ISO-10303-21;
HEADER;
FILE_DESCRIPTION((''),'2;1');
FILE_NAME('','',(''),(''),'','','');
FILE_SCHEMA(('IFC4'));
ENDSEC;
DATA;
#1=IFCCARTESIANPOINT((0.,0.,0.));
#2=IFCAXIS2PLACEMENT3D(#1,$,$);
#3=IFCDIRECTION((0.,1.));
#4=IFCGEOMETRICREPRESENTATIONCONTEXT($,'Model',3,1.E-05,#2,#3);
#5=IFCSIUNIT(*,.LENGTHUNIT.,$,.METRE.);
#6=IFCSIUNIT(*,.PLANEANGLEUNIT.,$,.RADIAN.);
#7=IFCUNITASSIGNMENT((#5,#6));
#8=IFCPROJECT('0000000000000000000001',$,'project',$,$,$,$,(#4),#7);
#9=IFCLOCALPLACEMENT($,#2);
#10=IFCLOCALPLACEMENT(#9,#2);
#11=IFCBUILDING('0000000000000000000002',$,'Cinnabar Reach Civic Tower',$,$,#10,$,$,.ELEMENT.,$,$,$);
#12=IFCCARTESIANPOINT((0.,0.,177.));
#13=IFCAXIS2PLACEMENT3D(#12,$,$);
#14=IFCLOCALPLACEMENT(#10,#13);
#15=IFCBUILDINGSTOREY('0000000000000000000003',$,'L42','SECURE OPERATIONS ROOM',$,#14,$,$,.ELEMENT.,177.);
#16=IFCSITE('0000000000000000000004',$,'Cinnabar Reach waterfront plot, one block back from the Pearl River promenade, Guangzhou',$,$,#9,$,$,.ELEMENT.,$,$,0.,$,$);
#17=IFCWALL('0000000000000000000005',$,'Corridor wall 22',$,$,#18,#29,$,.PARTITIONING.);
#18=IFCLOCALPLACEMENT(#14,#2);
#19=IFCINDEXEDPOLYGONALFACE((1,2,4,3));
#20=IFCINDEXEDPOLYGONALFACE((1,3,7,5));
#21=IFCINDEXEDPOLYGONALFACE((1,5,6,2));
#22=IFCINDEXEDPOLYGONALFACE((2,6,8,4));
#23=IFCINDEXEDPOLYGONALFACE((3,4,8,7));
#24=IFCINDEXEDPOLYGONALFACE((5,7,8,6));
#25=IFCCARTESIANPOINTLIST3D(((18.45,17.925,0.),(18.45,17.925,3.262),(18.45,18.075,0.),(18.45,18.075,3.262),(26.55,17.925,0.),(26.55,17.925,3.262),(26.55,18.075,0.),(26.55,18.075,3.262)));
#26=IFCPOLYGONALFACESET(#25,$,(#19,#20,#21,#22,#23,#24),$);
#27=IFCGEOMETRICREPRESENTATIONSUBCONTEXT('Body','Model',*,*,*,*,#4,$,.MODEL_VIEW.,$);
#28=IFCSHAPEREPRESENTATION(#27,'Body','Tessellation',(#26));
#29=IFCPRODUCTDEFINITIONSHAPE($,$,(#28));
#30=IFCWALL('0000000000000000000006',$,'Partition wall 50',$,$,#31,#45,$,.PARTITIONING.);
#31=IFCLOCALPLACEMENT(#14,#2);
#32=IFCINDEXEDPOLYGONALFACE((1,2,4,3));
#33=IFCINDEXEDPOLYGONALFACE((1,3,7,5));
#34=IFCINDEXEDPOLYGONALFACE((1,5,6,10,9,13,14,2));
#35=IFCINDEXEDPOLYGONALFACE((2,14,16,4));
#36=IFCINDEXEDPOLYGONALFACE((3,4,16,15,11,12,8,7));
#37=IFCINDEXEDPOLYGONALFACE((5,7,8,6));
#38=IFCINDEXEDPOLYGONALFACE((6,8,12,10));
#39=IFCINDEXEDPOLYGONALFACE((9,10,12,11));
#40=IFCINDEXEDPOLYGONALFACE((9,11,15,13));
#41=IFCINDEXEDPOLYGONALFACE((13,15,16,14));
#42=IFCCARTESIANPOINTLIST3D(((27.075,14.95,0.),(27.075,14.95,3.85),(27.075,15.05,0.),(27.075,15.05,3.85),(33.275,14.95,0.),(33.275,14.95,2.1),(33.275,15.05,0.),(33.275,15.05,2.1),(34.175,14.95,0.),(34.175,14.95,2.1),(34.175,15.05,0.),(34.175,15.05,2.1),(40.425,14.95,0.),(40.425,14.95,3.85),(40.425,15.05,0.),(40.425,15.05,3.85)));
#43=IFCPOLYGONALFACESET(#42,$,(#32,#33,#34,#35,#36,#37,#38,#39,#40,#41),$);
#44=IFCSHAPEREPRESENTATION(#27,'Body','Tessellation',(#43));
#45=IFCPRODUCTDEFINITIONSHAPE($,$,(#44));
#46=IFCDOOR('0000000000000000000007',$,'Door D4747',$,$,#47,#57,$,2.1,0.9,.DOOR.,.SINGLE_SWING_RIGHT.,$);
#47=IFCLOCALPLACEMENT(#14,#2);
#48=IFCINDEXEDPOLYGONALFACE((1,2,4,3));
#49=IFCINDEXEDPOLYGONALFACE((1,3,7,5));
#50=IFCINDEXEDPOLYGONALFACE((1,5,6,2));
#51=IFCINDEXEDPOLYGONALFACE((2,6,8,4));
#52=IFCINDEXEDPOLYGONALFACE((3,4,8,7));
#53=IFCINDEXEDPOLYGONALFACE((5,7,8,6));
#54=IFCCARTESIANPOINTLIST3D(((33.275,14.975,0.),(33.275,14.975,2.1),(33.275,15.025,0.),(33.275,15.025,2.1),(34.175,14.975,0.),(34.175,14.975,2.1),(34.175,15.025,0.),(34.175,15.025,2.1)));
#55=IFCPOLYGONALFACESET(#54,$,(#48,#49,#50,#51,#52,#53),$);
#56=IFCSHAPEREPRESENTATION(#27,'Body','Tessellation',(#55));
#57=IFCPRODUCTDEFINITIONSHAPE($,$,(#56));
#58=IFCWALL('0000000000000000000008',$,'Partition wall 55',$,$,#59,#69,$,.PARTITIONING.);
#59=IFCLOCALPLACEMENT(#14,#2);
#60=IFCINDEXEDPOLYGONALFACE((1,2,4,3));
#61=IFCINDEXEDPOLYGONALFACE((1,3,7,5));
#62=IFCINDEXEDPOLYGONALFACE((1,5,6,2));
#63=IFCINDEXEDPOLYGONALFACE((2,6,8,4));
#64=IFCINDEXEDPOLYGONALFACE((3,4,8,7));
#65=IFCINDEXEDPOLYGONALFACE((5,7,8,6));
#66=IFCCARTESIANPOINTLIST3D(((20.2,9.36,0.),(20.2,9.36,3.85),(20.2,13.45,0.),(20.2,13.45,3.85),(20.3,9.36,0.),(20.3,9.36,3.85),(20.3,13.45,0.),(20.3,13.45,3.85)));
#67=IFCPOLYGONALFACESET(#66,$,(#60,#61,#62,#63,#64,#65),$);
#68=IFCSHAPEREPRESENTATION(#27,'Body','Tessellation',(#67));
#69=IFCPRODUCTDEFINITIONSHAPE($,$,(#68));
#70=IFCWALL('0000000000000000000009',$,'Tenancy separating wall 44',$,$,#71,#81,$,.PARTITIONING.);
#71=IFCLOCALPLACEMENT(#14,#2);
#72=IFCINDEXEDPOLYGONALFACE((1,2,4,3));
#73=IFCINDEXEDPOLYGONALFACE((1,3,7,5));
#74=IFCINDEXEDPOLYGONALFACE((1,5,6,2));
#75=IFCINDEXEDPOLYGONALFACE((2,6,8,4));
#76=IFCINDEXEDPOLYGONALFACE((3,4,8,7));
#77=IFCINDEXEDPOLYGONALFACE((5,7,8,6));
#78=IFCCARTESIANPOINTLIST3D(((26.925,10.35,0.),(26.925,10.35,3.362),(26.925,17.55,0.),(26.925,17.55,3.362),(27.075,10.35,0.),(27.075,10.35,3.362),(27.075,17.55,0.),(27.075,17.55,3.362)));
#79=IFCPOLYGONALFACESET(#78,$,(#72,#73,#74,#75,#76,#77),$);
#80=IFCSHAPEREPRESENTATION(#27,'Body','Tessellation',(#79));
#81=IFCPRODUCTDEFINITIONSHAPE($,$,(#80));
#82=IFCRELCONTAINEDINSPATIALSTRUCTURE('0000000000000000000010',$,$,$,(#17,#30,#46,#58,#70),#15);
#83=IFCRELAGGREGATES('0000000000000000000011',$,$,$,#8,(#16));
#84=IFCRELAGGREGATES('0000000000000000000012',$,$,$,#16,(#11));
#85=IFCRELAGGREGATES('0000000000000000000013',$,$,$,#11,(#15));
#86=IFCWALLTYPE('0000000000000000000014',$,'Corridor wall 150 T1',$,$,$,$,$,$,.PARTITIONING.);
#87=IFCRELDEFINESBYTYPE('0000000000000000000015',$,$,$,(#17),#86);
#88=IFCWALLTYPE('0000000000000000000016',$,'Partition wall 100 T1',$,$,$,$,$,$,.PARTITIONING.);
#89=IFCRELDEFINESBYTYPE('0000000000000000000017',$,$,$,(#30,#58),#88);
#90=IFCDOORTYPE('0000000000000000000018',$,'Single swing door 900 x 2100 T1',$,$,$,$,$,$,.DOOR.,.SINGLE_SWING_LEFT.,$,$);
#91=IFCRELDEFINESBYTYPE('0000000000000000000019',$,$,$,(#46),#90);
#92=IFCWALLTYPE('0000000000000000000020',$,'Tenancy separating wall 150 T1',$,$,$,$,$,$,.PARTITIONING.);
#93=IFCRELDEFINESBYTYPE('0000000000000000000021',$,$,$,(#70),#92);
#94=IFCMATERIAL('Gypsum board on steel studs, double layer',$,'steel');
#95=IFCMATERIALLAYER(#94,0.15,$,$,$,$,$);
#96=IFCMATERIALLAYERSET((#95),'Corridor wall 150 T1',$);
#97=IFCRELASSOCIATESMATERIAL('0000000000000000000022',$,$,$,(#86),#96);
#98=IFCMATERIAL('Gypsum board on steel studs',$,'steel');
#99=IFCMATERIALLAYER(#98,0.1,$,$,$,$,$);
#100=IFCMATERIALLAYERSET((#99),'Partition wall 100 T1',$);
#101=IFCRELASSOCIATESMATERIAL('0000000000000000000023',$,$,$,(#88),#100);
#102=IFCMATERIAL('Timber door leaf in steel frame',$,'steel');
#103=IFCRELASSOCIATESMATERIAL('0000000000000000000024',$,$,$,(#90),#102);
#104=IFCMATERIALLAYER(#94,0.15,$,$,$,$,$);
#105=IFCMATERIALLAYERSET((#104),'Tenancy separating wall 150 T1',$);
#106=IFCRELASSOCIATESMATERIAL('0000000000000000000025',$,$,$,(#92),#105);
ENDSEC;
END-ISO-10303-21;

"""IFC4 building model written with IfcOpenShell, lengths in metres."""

from ifc_helpers import new_model, si_unit, direction, frame, frame_2d, origin, place, context, subcontext, project, spatial, rectangle, extrude, material, layer, layer_set, type_object, element, fill, save


model = new_model("IFC4")

# Units and contexts
model_context = context("Model", 3, precision=1e-05, world=origin(), true_north=direction((0.0, 1.0)))
body_context = subcontext(model_context, "Body", "Model", "MODEL_VIEW")
ifc_project = project(units=[si_unit("LENGTHUNIT", "METRE"), si_unit("PLANEANGLEUNIT", "RADIAN")], contexts=[model_context])

# Site, building, storey
site_placement = place(None, origin())
site = spatial("IfcSite", under=ifc_project, at=site_placement, Name="Cinnabar Reach waterfront plot, one block back from the Pearl River promenade, Guangzhou", CompositionType="ELEMENT", RefElevation=0.0)
building_placement = place(site_placement, origin())
building = spatial("IfcBuilding", under=site, at=building_placement, Name="Cinnabar Reach Civic Tower", CompositionType="ELEMENT")
storey_placement = place(building_placement, frame((0.0, 0.0, 177.0)))
storey = spatial("IfcBuildingStorey", under=building, at=storey_placement, Name="L42", Description="SECURE OPERATIONS ROOM", CompositionType="ELEMENT", Elevation=177.0)

# Wall
ifc_material_1 = material(Name="Gypsum board on steel studs, double layer", Category="steel")
ifc_layer_1 = layer(ifc_material_1, 0.15)
ifc_layer_set_1 = layer_set([ifc_layer_1], Name="Corridor wall 150 T1")
wall_type_1 = type_object("IfcWallType", Name="Corridor wall 150 T1", PredefinedType="PARTITIONING", material=ifc_layer_set_1)
wall_1_placement = place(storey_placement, frame((18.45, 18.0, 0.0), z_axis=(0.0, 0.0, 1.0), x_axis=(1.0, 0.0, 0.0)))
element("IfcWall", 1, at=wall_1_placement, inside=storey, type_object=wall_type_1, Name="Corridor wall 22", PredefinedType="PARTITIONING", context=body_context, shape_type="SweptSolid", body=[
    extrude(rectangle(XDim=8.1, YDim=0.15, at=frame_2d((4.05, 0.0))), origin(), (0.0, 0.0, 1.0), 3.262),
])

# Wall, opening, door
ifc_material_2 = material(Name="Gypsum board on steel studs", Category="steel")
ifc_layer_2 = layer(ifc_material_2, 0.1)
ifc_layer_set_2 = layer_set([ifc_layer_2], Name="Partition wall 100 T1")
wall_type_2 = type_object("IfcWallType", Name="Partition wall 100 T1", PredefinedType="PARTITIONING", material=ifc_layer_set_2)
wall_2_placement = place(storey_placement, frame((27.075, 15.0, 0.0), z_axis=(0.0, 0.0, 1.0), x_axis=(1.0, 0.0, 0.0)))
wall_2 = element("IfcWall", 2, at=wall_2_placement, inside=storey, type_object=wall_type_2, Name="Partition wall 50", PredefinedType="PARTITIONING", context=body_context, shape_type="SweptSolid", body=[
    extrude(rectangle(XDim=13.35, YDim=0.1, at=frame_2d((6.675, 0.0))), origin(), (0.0, 0.0, 1.0), 3.85),
])
opening_placement = place(wall_2_placement, frame((6.2, 0.0, 0.0)))
opening = element("IfcOpeningElement", 3, at=opening_placement, cuts=wall_2, PredefinedType="OPENING", context=body_context, shape_type="SweptSolid", body=[
    extrude(rectangle(XDim=0.9, YDim=2.1, at=frame_2d((0.45, 1.05))), frame((0.0, 0.06, 0.0), z_axis=(0.0, -1.0, 0.0), x_axis=(1.0, 0.0, 0.0)), (0.0, 0.0, 1.0), 0.12),
])
ifc_material_3 = material(Name="Timber door leaf in steel frame", Category="steel")
door_type = type_object("IfcDoorType", Name="Single swing door 900 x 2100 T1", OperationType="SINGLE_SWING_LEFT", PredefinedType="DOOR", material=ifc_material_3)
door_placement = place(opening_placement, origin())
door = element("IfcDoor", 4, at=door_placement, inside=storey, type_object=door_type, Name="Door D4747", OperationType="SINGLE_SWING_RIGHT", OverallHeight=2.1, OverallWidth=0.9, PredefinedType="DOOR", context=body_context, shape_type="SweptSolid", body=[
    extrude(rectangle(XDim=0.9, YDim=2.1, at=frame_2d((0.45, 1.05))), frame((0.0, 0.025, 0.0), z_axis=(0.0, -1.0, 0.0), x_axis=(1.0, 0.0, 0.0)), (0.0, 0.0, 1.0), 0.05),
])
fill(opening, door)

# Walls
wall_3_placement = place(storey_placement, frame((20.25, 9.36, 0.0), z_axis=(0.0, 0.0, 1.0), x_axis=(0.0, 1.0, 0.0)))
element("IfcWall", 5, at=wall_3_placement, inside=storey, type_object=wall_type_2, Name="Partition wall 55", PredefinedType="PARTITIONING", context=body_context, shape_type="SweptSolid", body=[
    extrude(rectangle(XDim=4.09, YDim=0.1, at=frame_2d((2.045, 0.0))), origin(), (0.0, 0.0, 1.0), 3.85),
])
ifc_layer_3 = layer(ifc_material_1, 0.15)
ifc_layer_set_3 = layer_set([ifc_layer_3], Name="Tenancy separating wall 150 T1")
wall_type_3 = type_object("IfcWallType", Name="Tenancy separating wall 150 T1", PredefinedType="PARTITIONING", material=ifc_layer_set_3)
wall_4_placement = place(storey_placement, frame((27.0, 10.35, 0.0), z_axis=(0.0, 0.0, 1.0), x_axis=(0.0, 1.0, 0.0)))
element("IfcWall", 6, at=wall_4_placement, inside=storey, type_object=wall_type_3, Name="Tenancy separating wall 44", PredefinedType="PARTITIONING", context=body_context, shape_type="SweptSolid", body=[
    extrude(rectangle(XDim=7.2, YDim=0.15, at=frame_2d((3.6, 0.0))), origin(), (0.0, 0.0, 1.0), 3.362),
])

save(model, "model.ifc")
